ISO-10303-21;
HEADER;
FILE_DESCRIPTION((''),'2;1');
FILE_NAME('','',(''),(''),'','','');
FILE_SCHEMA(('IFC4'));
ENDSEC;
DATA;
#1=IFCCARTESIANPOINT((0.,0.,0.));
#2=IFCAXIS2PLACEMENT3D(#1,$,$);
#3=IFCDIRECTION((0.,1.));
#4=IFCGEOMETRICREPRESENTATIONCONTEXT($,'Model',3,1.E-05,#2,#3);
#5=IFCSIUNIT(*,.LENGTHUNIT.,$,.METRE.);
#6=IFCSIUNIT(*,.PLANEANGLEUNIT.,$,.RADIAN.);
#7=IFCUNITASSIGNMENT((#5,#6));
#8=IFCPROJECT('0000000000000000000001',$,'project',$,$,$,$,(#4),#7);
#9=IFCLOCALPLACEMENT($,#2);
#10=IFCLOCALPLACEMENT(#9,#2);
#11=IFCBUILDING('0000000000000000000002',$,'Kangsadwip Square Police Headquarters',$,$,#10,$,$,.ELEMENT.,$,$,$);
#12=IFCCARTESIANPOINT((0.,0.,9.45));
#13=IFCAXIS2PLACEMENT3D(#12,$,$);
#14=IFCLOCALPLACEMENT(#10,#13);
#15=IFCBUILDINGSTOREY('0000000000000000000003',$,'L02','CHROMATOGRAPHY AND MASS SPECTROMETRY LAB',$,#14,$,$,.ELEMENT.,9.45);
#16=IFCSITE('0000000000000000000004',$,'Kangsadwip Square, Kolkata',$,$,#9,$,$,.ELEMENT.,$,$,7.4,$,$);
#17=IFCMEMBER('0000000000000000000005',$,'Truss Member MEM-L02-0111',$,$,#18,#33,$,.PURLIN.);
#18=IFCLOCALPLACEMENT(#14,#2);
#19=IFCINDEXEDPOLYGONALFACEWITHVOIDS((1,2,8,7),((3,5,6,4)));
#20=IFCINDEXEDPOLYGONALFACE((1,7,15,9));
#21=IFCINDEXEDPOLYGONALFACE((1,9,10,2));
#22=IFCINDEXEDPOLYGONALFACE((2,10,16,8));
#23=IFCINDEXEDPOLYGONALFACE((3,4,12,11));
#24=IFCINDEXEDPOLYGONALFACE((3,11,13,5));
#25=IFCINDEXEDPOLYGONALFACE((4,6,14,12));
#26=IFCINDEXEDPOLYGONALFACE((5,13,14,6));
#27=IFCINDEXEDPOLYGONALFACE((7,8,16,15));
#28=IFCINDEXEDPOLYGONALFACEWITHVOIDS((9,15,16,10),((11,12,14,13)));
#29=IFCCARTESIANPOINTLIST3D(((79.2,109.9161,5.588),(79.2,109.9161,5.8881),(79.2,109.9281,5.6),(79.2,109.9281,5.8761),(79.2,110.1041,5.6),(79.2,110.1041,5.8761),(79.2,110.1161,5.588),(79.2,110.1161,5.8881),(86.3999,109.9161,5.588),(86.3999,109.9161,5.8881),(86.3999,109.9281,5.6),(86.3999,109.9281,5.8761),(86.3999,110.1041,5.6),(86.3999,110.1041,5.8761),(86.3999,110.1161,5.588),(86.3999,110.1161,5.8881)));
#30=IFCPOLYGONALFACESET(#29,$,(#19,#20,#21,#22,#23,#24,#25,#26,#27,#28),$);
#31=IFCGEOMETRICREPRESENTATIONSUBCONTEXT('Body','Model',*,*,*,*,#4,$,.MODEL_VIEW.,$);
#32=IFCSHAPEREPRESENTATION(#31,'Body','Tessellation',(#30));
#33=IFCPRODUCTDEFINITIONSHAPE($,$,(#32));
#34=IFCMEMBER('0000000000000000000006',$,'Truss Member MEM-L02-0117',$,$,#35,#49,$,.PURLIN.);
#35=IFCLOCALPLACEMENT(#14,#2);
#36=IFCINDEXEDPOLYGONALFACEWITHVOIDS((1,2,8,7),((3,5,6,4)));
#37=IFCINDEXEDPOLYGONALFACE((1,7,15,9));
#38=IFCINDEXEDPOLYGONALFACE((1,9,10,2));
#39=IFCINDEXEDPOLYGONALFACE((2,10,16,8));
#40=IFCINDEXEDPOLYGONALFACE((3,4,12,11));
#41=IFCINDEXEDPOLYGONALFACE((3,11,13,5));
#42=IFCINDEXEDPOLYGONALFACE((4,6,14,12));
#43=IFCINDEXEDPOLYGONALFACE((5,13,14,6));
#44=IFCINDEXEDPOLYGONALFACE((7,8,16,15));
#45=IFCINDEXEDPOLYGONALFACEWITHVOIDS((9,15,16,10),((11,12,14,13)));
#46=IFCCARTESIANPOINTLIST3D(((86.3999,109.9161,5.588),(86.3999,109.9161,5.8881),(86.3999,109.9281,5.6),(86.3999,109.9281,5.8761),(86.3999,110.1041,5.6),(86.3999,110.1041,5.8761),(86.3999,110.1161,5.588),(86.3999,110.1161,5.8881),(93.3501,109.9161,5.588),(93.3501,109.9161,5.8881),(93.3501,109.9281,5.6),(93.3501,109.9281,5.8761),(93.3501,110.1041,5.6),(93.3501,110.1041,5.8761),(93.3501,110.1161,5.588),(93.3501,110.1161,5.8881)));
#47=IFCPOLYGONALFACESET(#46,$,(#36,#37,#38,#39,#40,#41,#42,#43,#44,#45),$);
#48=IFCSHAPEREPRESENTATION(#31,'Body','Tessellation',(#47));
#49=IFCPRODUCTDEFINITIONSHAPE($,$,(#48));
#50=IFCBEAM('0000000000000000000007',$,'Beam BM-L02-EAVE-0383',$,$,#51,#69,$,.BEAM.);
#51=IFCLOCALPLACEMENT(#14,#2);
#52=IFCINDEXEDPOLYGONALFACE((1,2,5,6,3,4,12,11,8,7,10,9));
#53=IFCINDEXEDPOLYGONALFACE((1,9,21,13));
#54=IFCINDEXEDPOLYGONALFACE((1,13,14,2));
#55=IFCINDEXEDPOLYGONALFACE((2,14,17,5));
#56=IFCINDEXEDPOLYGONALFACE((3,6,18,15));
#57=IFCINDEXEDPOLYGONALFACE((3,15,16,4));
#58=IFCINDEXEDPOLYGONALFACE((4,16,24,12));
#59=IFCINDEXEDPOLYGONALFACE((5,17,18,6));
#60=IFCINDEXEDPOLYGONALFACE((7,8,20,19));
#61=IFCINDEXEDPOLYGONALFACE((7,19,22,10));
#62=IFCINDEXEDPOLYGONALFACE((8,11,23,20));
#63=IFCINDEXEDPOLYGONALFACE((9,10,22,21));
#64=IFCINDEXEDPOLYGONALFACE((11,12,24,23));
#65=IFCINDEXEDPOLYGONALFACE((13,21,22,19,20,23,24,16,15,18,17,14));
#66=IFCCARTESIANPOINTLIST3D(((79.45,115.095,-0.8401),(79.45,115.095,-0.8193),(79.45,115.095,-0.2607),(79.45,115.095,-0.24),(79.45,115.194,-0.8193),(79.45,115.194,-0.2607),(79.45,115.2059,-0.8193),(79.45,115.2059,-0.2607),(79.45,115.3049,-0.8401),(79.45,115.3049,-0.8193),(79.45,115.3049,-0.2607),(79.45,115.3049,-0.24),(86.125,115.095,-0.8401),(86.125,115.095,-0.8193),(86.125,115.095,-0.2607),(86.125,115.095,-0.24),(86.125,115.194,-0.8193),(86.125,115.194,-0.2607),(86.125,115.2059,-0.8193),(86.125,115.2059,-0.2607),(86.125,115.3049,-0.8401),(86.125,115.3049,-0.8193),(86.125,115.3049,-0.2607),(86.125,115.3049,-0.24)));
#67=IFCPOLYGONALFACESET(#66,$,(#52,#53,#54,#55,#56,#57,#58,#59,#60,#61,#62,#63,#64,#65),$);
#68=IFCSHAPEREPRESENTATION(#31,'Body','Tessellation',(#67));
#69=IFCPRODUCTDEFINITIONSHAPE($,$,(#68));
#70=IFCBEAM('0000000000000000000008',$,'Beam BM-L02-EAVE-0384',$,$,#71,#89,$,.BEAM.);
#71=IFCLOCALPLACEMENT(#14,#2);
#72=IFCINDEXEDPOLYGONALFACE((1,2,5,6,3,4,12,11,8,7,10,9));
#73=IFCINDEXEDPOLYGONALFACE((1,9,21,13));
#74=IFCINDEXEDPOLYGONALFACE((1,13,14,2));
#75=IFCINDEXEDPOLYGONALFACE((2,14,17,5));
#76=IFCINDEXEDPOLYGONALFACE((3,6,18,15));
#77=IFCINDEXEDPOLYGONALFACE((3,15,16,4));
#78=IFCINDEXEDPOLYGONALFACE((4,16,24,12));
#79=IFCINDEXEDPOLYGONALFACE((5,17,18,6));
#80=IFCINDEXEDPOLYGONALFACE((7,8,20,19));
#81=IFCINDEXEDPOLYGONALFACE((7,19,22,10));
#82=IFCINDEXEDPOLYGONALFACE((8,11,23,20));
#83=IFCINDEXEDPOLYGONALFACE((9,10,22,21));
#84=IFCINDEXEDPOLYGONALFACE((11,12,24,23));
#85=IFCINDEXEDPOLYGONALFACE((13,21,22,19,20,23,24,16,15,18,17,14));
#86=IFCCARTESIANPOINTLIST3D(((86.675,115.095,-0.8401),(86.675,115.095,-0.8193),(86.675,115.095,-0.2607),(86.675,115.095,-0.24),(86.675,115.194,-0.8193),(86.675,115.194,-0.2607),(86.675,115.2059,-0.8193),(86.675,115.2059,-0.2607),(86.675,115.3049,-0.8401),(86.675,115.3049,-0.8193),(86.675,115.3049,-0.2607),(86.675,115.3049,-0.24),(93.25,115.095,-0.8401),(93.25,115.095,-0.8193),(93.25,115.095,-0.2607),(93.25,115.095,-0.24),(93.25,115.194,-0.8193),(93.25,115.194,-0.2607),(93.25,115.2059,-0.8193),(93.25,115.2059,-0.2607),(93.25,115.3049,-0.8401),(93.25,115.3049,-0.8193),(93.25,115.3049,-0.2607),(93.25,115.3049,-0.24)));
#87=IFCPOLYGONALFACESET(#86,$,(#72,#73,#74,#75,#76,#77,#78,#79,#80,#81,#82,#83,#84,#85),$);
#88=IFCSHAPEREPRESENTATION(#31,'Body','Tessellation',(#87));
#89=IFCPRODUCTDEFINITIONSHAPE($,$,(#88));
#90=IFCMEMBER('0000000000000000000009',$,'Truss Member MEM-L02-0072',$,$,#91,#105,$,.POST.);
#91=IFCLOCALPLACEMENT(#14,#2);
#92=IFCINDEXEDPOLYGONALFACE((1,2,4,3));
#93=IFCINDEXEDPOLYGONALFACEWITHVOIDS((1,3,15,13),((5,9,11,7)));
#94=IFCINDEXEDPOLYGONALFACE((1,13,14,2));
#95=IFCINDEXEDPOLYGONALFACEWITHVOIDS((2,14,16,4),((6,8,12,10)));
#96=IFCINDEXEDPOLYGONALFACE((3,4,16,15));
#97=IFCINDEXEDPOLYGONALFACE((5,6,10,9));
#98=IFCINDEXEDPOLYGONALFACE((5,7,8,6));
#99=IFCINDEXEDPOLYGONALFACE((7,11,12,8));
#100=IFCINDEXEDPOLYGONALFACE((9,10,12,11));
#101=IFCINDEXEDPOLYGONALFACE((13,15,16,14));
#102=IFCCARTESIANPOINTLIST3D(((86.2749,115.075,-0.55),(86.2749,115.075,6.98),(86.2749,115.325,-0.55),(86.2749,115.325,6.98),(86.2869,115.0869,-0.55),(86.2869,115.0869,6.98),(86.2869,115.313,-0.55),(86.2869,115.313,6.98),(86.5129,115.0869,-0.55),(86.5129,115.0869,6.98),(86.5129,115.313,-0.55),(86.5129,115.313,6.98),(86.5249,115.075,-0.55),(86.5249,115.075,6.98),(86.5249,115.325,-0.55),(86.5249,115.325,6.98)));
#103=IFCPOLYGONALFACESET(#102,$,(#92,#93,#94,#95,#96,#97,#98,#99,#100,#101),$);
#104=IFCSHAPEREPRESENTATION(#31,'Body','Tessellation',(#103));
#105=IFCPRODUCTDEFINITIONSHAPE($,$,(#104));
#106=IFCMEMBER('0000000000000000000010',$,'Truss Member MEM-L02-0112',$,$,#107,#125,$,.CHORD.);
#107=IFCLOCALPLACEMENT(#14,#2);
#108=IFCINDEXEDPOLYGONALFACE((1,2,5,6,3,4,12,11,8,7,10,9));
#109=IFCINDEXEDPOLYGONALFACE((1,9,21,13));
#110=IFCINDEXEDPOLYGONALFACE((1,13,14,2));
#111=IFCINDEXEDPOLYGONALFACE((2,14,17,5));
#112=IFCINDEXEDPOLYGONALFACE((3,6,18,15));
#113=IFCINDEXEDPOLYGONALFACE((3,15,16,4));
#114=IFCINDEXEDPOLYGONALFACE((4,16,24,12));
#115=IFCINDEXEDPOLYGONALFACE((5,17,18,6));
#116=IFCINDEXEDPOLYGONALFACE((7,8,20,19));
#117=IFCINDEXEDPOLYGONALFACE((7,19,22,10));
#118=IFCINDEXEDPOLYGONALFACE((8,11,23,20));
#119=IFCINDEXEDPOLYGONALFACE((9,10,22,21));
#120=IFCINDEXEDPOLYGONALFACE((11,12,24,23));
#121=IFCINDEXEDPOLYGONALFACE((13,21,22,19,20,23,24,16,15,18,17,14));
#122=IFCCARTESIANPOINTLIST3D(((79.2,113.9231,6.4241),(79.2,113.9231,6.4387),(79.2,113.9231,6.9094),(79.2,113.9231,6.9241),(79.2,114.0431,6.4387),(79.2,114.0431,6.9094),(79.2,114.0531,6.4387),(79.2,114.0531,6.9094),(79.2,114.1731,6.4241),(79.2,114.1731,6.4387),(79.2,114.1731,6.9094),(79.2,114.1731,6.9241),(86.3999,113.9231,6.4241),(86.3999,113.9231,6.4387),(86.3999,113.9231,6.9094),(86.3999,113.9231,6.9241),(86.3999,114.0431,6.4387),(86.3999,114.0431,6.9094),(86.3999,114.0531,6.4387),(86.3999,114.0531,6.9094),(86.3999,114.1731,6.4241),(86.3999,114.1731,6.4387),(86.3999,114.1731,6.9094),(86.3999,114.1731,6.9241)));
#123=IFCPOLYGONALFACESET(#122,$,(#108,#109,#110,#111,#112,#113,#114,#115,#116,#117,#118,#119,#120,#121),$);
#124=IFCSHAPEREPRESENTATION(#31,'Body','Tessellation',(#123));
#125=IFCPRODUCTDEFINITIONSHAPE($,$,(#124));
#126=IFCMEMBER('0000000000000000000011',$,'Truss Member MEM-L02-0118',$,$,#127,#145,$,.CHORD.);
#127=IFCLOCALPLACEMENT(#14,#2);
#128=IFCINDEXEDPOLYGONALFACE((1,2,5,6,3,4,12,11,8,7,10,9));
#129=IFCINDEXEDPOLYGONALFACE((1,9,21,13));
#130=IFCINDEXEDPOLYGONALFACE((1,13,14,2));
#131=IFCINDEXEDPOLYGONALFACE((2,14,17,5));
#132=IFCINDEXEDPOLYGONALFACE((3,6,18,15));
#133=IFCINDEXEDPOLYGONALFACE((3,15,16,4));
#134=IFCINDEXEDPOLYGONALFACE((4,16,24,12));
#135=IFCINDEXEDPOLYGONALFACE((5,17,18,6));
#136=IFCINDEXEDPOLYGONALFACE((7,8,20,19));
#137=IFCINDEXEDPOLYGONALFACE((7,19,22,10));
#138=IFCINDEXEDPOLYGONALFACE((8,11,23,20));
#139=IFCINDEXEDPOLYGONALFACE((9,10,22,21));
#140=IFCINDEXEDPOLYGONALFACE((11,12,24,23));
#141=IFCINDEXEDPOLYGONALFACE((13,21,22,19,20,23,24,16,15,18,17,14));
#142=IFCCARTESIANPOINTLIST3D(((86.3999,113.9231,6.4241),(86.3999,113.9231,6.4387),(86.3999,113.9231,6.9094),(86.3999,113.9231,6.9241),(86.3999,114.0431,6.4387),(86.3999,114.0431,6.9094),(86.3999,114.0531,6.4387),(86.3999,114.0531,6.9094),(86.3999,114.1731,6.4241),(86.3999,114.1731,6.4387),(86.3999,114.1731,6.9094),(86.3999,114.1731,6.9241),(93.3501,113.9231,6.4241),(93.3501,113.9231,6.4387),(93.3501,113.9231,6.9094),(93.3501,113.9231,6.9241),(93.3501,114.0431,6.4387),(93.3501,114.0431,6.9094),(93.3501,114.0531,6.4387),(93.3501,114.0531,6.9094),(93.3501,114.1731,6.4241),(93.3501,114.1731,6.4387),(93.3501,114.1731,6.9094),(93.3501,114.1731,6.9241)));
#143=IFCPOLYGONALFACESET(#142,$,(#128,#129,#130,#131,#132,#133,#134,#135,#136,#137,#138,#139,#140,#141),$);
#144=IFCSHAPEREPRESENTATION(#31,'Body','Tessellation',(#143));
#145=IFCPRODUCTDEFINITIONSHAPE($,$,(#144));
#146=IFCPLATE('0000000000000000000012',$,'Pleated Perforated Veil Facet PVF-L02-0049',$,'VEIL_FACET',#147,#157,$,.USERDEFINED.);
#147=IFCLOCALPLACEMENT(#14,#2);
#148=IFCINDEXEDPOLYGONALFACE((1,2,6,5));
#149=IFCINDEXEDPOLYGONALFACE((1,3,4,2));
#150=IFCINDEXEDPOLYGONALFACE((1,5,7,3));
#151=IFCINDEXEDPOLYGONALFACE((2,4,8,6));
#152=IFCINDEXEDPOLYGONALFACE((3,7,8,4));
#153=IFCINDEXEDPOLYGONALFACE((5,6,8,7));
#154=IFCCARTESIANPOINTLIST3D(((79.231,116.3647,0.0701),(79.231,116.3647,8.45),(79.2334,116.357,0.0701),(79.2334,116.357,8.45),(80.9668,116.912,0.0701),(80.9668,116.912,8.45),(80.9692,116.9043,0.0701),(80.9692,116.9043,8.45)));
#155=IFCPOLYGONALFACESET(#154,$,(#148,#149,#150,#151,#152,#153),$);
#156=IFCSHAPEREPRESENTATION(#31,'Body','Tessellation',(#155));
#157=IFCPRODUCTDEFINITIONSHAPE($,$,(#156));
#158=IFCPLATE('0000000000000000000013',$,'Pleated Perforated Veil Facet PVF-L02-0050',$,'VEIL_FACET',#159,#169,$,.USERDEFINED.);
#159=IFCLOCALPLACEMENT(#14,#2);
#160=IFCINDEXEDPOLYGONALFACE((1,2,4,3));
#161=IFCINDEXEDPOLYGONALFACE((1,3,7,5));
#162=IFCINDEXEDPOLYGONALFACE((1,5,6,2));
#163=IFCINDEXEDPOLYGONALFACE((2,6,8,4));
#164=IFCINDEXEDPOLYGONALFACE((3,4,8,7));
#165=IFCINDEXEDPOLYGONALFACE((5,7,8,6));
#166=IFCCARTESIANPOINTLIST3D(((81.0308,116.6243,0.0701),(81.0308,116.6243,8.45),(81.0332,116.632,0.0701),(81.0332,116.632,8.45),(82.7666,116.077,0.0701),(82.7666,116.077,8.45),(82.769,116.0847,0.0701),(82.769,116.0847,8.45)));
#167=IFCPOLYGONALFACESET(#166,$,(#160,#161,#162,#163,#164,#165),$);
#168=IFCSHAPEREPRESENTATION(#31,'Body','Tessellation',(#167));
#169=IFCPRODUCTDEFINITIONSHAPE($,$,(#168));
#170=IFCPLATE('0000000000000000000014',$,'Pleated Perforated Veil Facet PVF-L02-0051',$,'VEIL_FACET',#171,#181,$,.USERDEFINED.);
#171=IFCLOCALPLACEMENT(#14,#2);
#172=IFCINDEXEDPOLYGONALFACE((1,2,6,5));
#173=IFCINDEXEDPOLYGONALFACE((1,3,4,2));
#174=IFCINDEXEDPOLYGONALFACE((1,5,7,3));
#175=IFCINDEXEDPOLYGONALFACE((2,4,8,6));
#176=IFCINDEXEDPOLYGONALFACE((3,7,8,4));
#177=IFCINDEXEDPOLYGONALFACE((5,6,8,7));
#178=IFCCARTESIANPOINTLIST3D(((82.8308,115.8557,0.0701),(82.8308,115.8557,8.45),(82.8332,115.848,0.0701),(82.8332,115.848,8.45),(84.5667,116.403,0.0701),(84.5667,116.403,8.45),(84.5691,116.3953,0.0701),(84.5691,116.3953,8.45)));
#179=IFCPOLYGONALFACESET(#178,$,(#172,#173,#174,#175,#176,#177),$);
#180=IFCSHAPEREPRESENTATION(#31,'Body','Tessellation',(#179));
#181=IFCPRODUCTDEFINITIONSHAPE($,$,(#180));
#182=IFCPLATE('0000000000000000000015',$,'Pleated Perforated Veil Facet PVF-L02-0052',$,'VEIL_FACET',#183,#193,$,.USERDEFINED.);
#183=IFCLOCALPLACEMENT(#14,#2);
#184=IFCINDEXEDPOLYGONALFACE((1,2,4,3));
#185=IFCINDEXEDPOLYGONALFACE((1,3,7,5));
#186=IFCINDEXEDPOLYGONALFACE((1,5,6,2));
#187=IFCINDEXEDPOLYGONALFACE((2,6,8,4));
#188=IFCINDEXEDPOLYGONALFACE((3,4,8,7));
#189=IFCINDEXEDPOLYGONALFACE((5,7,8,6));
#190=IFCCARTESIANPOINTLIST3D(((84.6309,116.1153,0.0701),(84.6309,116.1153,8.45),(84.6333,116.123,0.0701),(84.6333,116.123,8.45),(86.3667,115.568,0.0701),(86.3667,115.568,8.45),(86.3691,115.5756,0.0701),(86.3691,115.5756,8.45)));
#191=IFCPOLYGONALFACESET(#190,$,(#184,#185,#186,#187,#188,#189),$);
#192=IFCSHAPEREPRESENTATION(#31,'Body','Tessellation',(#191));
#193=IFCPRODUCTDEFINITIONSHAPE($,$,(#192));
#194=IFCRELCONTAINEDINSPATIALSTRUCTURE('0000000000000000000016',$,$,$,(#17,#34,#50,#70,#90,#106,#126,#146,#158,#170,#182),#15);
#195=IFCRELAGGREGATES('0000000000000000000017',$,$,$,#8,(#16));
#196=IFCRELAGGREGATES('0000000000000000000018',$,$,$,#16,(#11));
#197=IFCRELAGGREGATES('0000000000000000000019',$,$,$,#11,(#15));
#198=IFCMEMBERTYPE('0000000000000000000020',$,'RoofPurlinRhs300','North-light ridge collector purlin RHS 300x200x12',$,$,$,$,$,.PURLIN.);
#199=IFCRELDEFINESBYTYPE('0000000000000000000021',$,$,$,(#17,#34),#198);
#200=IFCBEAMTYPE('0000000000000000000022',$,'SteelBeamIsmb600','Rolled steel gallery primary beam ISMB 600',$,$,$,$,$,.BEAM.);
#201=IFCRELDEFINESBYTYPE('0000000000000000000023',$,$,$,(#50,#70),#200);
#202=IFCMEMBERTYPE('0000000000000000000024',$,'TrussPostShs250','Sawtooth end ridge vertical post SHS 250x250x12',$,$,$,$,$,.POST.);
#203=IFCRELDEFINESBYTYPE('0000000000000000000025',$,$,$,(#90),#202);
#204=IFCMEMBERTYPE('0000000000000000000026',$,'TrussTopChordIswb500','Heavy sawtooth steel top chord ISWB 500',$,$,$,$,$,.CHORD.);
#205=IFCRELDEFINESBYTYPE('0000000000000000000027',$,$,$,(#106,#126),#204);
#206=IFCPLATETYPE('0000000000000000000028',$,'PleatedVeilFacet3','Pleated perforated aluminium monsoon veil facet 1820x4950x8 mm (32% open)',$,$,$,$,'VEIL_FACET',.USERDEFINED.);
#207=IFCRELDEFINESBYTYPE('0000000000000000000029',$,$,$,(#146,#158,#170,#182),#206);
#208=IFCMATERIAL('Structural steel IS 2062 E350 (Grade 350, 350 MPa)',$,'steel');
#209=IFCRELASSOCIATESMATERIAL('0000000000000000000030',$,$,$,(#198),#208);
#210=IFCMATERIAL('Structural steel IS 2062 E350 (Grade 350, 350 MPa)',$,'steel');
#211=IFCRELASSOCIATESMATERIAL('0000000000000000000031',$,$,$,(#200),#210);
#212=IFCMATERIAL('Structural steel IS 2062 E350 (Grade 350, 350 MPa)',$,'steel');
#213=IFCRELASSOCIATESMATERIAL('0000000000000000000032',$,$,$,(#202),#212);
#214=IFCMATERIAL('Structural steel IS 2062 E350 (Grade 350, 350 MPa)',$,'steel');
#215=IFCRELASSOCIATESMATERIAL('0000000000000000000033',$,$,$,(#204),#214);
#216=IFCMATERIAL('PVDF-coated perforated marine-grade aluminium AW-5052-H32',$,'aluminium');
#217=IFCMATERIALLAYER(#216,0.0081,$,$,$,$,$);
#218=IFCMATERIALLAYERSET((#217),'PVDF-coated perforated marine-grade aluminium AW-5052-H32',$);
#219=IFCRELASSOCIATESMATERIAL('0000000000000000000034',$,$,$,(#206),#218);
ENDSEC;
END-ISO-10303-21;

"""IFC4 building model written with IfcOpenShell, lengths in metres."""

from ifc_helpers import new_model, si_unit, direction, frame, origin, origin_2d, place, context, subcontext, project, spatial, rectangle, hollow_rectangle, i_section, extrude, material, layer, layer_set, material_profile, profile_set, type_object, element, save


model = new_model("IFC4")

# Units and contexts
model_context = context("Model", 3, precision=1e-05, world=origin(), true_north=direction((0.0, 1.0)))
body_context = subcontext(model_context, "Body", "Model", "MODEL_VIEW")
ifc_project = project(units=[si_unit("LENGTHUNIT", "METRE"), si_unit("PLANEANGLEUNIT", "RADIAN")], contexts=[model_context])

# Site, building, storey
site_placement = place(None, origin())
site = spatial("IfcSite", under=ifc_project, at=site_placement, Name="Kangsadwip Square, Kolkata", CompositionType="ELEMENT", RefElevation=7.4)
building_placement = place(site_placement, origin())
building = spatial("IfcBuilding", under=site, at=building_placement, Name="Kangsadwip Square Police Headquarters", CompositionType="ELEMENT")
storey_placement = place(building_placement, frame((0.0, 0.0, 9.45)))
storey = spatial("IfcBuildingStorey", under=building, at=storey_placement, Name="L02", Description="CHROMATOGRAPHY AND MASS SPECTROMETRY LAB", CompositionType="ELEMENT", Elevation=9.45)

# Members
ifc_material_1 = material(Name="Structural steel IS 2062 E350 (Grade 350, 350 MPa)", Category="steel")
ifc_material_profile_1 = material_profile(ifc_material_1, hollow_rectangle(XDim=0.2, YDim=0.3, WallThickness=0.012, at=origin_2d()), Name="RHS 300X200X12")
ifc_profile_set_1 = profile_set([ifc_material_profile_1], Name="Structural steel IS 2062 E350 (Grade 350, 350 MPa)")
member_type_1 = type_object("IfcMemberType", Name="RoofPurlinRhs300", Description="North-light ridge collector purlin RHS 300x200x12", PredefinedType="PURLIN", material=ifc_profile_set_1)
member_1_placement = place(storey_placement, frame((79.2, 110.0161, 5.738), z_axis=(1.0, 0.0, 0.0), x_axis=(0.0, 1.0, 0.0)))
element("IfcMember", 1, at=member_1_placement, inside=storey, type_object=member_type_1, Name="Truss Member MEM-L02-0111", PredefinedType="PURLIN", context=body_context, shape_type="SweptSolid", body=[
    extrude(hollow_rectangle(XDim=0.2, YDim=0.3, WallThickness=0.012, at=origin_2d()), origin(), (0.0, 0.0, 1.0), 7.2),
])
member_2_placement = place(storey_placement, frame((86.3999, 110.0161, 5.738), z_axis=(1.0, 0.0, 0.0), x_axis=(0.0, 1.0, 0.0)))
element("IfcMember", 2, at=member_2_placement, inside=storey, type_object=member_type_1, Name="Truss Member MEM-L02-0117", PredefinedType="PURLIN", context=body_context, shape_type="SweptSolid", body=[
    extrude(hollow_rectangle(XDim=0.2, YDim=0.3, WallThickness=0.012, at=origin_2d()), origin(), (0.0, 0.0, 1.0), 6.9502),
])

# Beams
ifc_material_2 = material(Name="Structural steel IS 2062 E350 (Grade 350, 350 MPa)", Category="steel")
ifc_material_profile_2 = material_profile(ifc_material_2, i_section(OverallWidth=0.21, OverallDepth=0.6001, WebThickness=0.012, FlangeThickness=0.0208, at=origin_2d()), Name="ISMB 600")
ifc_profile_set_2 = profile_set([ifc_material_profile_2], Name="Structural steel IS 2062 E350 (Grade 350, 350 MPa)")
beam_type = type_object("IfcBeamType", Name="SteelBeamIsmb600", Description="Rolled steel gallery primary beam ISMB 600", PredefinedType="BEAM", material=ifc_profile_set_2)
beam_1_placement = place(storey_placement, frame((79.45, 115.2, -0.54), z_axis=(1.0, 0.0, 0.0), x_axis=(0.0, 1.0, 0.0)))
element("IfcBeam", 3, at=beam_1_placement, inside=storey, type_object=beam_type, Name="Beam BM-L02-EAVE-0383", PredefinedType="BEAM", context=body_context, shape_type="SweptSolid", body=[
    extrude(i_section(OverallWidth=0.21, OverallDepth=0.6001, WebThickness=0.012, FlangeThickness=0.0208, at=origin_2d()), origin(), (0.0, 0.0, 1.0), 6.675),
])
beam_2_placement = place(storey_placement, frame((86.675, 115.2, -0.54), z_axis=(1.0, 0.0, 0.0), x_axis=(0.0, 1.0, 0.0)))
element("IfcBeam", 4, at=beam_2_placement, inside=storey, type_object=beam_type, Name="Beam BM-L02-EAVE-0384", PredefinedType="BEAM", context=body_context, shape_type="SweptSolid", body=[
    extrude(i_section(OverallWidth=0.21, OverallDepth=0.6001, WebThickness=0.012, FlangeThickness=0.0208, at=origin_2d()), origin(), (0.0, 0.0, 1.0), 6.575),
])

# Members
ifc_material_3 = material(Name="Structural steel IS 2062 E350 (Grade 350, 350 MPa)", Category="steel")
ifc_material_profile_3 = material_profile(ifc_material_3, hollow_rectangle(XDim=0.25, YDim=0.25, WallThickness=0.012, at=origin_2d()), Name="SHS 250X250X12")
ifc_profile_set_3 = profile_set([ifc_material_profile_3], Name="Structural steel IS 2062 E350 (Grade 350, 350 MPa)")
member_type_2 = type_object("IfcMemberType", Name="TrussPostShs250", Description="Sawtooth end ridge vertical post SHS 250x250x12", PredefinedType="POST", material=ifc_profile_set_3)
member_3_placement = place(storey_placement, frame((86.3999, 115.2, -0.55), z_axis=(0.0, 0.0, 1.0), x_axis=(1.0, 0.0, 0.0)))
element("IfcMember", 5, at=member_3_placement, inside=storey, type_object=member_type_2, Name="Truss Member MEM-L02-0072", PredefinedType="POST", context=body_context, shape_type="SweptSolid", body=[
    extrude(hollow_rectangle(XDim=0.25, YDim=0.25, WallThickness=0.012, at=origin_2d()), origin(), (0.0, 0.0, 1.0), 7.53),
])
ifc_material_4 = material(Name="Structural steel IS 2062 E350 (Grade 350, 350 MPa)", Category="steel")
ifc_material_profile_4 = material_profile(ifc_material_4, i_section(OverallWidth=0.25, OverallDepth=0.5, WebThickness=0.01, FlangeThickness=0.0146, at=origin_2d()), Name="ISWB 500")
ifc_profile_set_4 = profile_set([ifc_material_profile_4], Name="Structural steel IS 2062 E350 (Grade 350, 350 MPa)")
member_type_3 = type_object("IfcMemberType", Name="TrussTopChordIswb500", Description="Heavy sawtooth steel top chord ISWB 500", PredefinedType="CHORD", material=ifc_profile_set_4)
member_4_placement = place(storey_placement, frame((79.2, 114.0481, 6.6741), z_axis=(1.0, 0.0, 0.0), x_axis=(0.0, 1.0, 0.0)))
element("IfcMember", 6, at=member_4_placement, inside=storey, type_object=member_type_3, Name="Truss Member MEM-L02-0112", PredefinedType="CHORD", context=body_context, shape_type="SweptSolid", body=[
    extrude(i_section(OverallWidth=0.25, OverallDepth=0.5, WebThickness=0.01, FlangeThickness=0.0146, at=origin_2d()), origin(), (0.0, 0.0, 1.0), 7.2),
])
member_5_placement = place(storey_placement, frame((86.3999, 114.0481, 6.6741), z_axis=(1.0, 0.0, 0.0), x_axis=(0.0, 1.0, 0.0)))
element("IfcMember", 7, at=member_5_placement, inside=storey, type_object=member_type_3, Name="Truss Member MEM-L02-0118", PredefinedType="CHORD", context=body_context, shape_type="SweptSolid", body=[
    extrude(i_section(OverallWidth=0.25, OverallDepth=0.5, WebThickness=0.01, FlangeThickness=0.0146, at=origin_2d()), origin(), (0.0, 0.0, 1.0), 6.9502),
])

# Plates
ifc_material_5 = material(Name="PVDF-coated perforated marine-grade aluminium AW-5052-H32", Category="aluminium")
ifc_layer_1 = layer(ifc_material_5, 0.0081)
ifc_layer_set_1 = layer_set([ifc_layer_1], Name="PVDF-coated perforated marine-grade aluminium AW-5052-H32")
plate_type_1 = type_object("IfcPlateType", Name="PleatedVeilFacet3", Description="Pleated perforated aluminium monsoon veil facet 1820x4950x8 mm (32% open)", ElementType="VEIL_FACET", PredefinedType="USERDEFINED", material=ifc_layer_set_1)
for number, where, z_axis, x_axis, name in (
    (8, (80.1001, 116.6345, 0.0701), (0.0, 0.0, 1.0), (0.953717, 0.300706, 0.0), "Pleated Perforated Veil Facet PVF-L02-0049"),
    (9, (81.8999, 116.3545, 0.0701), (0.0, 0.0, 1.0), (0.953717, -0.300706, 0.0), "Pleated Perforated Veil Facet PVF-L02-0050"),
    (10, (83.7, 116.1255, 0.0701), (0.0, 0.0, 1.0), (0.953717, 0.300706, 0.0), "Pleated Perforated Veil Facet PVF-L02-0051"),
    (11, (85.5, 115.8455, 0.0701), (0.0, 0.0, 1.0), (0.953717, -0.300706, 0.0), "Pleated Perforated Veil Facet PVF-L02-0052"),
):
    element("IfcPlate", number, at=place(storey_placement, frame(where, z_axis=z_axis, x_axis=x_axis)), inside=storey, type_object=plate_type_1, Name=name, ObjectType="VEIL_FACET", PredefinedType="USERDEFINED", context=body_context, shape_type="SweptSolid", body=[
        extrude(rectangle(XDim=1.8201, YDim=0.0081, at=origin_2d()), origin(), (0.0, 0.0, 1.0), 8.3799),
    ])

save(model, "model.ifc")
